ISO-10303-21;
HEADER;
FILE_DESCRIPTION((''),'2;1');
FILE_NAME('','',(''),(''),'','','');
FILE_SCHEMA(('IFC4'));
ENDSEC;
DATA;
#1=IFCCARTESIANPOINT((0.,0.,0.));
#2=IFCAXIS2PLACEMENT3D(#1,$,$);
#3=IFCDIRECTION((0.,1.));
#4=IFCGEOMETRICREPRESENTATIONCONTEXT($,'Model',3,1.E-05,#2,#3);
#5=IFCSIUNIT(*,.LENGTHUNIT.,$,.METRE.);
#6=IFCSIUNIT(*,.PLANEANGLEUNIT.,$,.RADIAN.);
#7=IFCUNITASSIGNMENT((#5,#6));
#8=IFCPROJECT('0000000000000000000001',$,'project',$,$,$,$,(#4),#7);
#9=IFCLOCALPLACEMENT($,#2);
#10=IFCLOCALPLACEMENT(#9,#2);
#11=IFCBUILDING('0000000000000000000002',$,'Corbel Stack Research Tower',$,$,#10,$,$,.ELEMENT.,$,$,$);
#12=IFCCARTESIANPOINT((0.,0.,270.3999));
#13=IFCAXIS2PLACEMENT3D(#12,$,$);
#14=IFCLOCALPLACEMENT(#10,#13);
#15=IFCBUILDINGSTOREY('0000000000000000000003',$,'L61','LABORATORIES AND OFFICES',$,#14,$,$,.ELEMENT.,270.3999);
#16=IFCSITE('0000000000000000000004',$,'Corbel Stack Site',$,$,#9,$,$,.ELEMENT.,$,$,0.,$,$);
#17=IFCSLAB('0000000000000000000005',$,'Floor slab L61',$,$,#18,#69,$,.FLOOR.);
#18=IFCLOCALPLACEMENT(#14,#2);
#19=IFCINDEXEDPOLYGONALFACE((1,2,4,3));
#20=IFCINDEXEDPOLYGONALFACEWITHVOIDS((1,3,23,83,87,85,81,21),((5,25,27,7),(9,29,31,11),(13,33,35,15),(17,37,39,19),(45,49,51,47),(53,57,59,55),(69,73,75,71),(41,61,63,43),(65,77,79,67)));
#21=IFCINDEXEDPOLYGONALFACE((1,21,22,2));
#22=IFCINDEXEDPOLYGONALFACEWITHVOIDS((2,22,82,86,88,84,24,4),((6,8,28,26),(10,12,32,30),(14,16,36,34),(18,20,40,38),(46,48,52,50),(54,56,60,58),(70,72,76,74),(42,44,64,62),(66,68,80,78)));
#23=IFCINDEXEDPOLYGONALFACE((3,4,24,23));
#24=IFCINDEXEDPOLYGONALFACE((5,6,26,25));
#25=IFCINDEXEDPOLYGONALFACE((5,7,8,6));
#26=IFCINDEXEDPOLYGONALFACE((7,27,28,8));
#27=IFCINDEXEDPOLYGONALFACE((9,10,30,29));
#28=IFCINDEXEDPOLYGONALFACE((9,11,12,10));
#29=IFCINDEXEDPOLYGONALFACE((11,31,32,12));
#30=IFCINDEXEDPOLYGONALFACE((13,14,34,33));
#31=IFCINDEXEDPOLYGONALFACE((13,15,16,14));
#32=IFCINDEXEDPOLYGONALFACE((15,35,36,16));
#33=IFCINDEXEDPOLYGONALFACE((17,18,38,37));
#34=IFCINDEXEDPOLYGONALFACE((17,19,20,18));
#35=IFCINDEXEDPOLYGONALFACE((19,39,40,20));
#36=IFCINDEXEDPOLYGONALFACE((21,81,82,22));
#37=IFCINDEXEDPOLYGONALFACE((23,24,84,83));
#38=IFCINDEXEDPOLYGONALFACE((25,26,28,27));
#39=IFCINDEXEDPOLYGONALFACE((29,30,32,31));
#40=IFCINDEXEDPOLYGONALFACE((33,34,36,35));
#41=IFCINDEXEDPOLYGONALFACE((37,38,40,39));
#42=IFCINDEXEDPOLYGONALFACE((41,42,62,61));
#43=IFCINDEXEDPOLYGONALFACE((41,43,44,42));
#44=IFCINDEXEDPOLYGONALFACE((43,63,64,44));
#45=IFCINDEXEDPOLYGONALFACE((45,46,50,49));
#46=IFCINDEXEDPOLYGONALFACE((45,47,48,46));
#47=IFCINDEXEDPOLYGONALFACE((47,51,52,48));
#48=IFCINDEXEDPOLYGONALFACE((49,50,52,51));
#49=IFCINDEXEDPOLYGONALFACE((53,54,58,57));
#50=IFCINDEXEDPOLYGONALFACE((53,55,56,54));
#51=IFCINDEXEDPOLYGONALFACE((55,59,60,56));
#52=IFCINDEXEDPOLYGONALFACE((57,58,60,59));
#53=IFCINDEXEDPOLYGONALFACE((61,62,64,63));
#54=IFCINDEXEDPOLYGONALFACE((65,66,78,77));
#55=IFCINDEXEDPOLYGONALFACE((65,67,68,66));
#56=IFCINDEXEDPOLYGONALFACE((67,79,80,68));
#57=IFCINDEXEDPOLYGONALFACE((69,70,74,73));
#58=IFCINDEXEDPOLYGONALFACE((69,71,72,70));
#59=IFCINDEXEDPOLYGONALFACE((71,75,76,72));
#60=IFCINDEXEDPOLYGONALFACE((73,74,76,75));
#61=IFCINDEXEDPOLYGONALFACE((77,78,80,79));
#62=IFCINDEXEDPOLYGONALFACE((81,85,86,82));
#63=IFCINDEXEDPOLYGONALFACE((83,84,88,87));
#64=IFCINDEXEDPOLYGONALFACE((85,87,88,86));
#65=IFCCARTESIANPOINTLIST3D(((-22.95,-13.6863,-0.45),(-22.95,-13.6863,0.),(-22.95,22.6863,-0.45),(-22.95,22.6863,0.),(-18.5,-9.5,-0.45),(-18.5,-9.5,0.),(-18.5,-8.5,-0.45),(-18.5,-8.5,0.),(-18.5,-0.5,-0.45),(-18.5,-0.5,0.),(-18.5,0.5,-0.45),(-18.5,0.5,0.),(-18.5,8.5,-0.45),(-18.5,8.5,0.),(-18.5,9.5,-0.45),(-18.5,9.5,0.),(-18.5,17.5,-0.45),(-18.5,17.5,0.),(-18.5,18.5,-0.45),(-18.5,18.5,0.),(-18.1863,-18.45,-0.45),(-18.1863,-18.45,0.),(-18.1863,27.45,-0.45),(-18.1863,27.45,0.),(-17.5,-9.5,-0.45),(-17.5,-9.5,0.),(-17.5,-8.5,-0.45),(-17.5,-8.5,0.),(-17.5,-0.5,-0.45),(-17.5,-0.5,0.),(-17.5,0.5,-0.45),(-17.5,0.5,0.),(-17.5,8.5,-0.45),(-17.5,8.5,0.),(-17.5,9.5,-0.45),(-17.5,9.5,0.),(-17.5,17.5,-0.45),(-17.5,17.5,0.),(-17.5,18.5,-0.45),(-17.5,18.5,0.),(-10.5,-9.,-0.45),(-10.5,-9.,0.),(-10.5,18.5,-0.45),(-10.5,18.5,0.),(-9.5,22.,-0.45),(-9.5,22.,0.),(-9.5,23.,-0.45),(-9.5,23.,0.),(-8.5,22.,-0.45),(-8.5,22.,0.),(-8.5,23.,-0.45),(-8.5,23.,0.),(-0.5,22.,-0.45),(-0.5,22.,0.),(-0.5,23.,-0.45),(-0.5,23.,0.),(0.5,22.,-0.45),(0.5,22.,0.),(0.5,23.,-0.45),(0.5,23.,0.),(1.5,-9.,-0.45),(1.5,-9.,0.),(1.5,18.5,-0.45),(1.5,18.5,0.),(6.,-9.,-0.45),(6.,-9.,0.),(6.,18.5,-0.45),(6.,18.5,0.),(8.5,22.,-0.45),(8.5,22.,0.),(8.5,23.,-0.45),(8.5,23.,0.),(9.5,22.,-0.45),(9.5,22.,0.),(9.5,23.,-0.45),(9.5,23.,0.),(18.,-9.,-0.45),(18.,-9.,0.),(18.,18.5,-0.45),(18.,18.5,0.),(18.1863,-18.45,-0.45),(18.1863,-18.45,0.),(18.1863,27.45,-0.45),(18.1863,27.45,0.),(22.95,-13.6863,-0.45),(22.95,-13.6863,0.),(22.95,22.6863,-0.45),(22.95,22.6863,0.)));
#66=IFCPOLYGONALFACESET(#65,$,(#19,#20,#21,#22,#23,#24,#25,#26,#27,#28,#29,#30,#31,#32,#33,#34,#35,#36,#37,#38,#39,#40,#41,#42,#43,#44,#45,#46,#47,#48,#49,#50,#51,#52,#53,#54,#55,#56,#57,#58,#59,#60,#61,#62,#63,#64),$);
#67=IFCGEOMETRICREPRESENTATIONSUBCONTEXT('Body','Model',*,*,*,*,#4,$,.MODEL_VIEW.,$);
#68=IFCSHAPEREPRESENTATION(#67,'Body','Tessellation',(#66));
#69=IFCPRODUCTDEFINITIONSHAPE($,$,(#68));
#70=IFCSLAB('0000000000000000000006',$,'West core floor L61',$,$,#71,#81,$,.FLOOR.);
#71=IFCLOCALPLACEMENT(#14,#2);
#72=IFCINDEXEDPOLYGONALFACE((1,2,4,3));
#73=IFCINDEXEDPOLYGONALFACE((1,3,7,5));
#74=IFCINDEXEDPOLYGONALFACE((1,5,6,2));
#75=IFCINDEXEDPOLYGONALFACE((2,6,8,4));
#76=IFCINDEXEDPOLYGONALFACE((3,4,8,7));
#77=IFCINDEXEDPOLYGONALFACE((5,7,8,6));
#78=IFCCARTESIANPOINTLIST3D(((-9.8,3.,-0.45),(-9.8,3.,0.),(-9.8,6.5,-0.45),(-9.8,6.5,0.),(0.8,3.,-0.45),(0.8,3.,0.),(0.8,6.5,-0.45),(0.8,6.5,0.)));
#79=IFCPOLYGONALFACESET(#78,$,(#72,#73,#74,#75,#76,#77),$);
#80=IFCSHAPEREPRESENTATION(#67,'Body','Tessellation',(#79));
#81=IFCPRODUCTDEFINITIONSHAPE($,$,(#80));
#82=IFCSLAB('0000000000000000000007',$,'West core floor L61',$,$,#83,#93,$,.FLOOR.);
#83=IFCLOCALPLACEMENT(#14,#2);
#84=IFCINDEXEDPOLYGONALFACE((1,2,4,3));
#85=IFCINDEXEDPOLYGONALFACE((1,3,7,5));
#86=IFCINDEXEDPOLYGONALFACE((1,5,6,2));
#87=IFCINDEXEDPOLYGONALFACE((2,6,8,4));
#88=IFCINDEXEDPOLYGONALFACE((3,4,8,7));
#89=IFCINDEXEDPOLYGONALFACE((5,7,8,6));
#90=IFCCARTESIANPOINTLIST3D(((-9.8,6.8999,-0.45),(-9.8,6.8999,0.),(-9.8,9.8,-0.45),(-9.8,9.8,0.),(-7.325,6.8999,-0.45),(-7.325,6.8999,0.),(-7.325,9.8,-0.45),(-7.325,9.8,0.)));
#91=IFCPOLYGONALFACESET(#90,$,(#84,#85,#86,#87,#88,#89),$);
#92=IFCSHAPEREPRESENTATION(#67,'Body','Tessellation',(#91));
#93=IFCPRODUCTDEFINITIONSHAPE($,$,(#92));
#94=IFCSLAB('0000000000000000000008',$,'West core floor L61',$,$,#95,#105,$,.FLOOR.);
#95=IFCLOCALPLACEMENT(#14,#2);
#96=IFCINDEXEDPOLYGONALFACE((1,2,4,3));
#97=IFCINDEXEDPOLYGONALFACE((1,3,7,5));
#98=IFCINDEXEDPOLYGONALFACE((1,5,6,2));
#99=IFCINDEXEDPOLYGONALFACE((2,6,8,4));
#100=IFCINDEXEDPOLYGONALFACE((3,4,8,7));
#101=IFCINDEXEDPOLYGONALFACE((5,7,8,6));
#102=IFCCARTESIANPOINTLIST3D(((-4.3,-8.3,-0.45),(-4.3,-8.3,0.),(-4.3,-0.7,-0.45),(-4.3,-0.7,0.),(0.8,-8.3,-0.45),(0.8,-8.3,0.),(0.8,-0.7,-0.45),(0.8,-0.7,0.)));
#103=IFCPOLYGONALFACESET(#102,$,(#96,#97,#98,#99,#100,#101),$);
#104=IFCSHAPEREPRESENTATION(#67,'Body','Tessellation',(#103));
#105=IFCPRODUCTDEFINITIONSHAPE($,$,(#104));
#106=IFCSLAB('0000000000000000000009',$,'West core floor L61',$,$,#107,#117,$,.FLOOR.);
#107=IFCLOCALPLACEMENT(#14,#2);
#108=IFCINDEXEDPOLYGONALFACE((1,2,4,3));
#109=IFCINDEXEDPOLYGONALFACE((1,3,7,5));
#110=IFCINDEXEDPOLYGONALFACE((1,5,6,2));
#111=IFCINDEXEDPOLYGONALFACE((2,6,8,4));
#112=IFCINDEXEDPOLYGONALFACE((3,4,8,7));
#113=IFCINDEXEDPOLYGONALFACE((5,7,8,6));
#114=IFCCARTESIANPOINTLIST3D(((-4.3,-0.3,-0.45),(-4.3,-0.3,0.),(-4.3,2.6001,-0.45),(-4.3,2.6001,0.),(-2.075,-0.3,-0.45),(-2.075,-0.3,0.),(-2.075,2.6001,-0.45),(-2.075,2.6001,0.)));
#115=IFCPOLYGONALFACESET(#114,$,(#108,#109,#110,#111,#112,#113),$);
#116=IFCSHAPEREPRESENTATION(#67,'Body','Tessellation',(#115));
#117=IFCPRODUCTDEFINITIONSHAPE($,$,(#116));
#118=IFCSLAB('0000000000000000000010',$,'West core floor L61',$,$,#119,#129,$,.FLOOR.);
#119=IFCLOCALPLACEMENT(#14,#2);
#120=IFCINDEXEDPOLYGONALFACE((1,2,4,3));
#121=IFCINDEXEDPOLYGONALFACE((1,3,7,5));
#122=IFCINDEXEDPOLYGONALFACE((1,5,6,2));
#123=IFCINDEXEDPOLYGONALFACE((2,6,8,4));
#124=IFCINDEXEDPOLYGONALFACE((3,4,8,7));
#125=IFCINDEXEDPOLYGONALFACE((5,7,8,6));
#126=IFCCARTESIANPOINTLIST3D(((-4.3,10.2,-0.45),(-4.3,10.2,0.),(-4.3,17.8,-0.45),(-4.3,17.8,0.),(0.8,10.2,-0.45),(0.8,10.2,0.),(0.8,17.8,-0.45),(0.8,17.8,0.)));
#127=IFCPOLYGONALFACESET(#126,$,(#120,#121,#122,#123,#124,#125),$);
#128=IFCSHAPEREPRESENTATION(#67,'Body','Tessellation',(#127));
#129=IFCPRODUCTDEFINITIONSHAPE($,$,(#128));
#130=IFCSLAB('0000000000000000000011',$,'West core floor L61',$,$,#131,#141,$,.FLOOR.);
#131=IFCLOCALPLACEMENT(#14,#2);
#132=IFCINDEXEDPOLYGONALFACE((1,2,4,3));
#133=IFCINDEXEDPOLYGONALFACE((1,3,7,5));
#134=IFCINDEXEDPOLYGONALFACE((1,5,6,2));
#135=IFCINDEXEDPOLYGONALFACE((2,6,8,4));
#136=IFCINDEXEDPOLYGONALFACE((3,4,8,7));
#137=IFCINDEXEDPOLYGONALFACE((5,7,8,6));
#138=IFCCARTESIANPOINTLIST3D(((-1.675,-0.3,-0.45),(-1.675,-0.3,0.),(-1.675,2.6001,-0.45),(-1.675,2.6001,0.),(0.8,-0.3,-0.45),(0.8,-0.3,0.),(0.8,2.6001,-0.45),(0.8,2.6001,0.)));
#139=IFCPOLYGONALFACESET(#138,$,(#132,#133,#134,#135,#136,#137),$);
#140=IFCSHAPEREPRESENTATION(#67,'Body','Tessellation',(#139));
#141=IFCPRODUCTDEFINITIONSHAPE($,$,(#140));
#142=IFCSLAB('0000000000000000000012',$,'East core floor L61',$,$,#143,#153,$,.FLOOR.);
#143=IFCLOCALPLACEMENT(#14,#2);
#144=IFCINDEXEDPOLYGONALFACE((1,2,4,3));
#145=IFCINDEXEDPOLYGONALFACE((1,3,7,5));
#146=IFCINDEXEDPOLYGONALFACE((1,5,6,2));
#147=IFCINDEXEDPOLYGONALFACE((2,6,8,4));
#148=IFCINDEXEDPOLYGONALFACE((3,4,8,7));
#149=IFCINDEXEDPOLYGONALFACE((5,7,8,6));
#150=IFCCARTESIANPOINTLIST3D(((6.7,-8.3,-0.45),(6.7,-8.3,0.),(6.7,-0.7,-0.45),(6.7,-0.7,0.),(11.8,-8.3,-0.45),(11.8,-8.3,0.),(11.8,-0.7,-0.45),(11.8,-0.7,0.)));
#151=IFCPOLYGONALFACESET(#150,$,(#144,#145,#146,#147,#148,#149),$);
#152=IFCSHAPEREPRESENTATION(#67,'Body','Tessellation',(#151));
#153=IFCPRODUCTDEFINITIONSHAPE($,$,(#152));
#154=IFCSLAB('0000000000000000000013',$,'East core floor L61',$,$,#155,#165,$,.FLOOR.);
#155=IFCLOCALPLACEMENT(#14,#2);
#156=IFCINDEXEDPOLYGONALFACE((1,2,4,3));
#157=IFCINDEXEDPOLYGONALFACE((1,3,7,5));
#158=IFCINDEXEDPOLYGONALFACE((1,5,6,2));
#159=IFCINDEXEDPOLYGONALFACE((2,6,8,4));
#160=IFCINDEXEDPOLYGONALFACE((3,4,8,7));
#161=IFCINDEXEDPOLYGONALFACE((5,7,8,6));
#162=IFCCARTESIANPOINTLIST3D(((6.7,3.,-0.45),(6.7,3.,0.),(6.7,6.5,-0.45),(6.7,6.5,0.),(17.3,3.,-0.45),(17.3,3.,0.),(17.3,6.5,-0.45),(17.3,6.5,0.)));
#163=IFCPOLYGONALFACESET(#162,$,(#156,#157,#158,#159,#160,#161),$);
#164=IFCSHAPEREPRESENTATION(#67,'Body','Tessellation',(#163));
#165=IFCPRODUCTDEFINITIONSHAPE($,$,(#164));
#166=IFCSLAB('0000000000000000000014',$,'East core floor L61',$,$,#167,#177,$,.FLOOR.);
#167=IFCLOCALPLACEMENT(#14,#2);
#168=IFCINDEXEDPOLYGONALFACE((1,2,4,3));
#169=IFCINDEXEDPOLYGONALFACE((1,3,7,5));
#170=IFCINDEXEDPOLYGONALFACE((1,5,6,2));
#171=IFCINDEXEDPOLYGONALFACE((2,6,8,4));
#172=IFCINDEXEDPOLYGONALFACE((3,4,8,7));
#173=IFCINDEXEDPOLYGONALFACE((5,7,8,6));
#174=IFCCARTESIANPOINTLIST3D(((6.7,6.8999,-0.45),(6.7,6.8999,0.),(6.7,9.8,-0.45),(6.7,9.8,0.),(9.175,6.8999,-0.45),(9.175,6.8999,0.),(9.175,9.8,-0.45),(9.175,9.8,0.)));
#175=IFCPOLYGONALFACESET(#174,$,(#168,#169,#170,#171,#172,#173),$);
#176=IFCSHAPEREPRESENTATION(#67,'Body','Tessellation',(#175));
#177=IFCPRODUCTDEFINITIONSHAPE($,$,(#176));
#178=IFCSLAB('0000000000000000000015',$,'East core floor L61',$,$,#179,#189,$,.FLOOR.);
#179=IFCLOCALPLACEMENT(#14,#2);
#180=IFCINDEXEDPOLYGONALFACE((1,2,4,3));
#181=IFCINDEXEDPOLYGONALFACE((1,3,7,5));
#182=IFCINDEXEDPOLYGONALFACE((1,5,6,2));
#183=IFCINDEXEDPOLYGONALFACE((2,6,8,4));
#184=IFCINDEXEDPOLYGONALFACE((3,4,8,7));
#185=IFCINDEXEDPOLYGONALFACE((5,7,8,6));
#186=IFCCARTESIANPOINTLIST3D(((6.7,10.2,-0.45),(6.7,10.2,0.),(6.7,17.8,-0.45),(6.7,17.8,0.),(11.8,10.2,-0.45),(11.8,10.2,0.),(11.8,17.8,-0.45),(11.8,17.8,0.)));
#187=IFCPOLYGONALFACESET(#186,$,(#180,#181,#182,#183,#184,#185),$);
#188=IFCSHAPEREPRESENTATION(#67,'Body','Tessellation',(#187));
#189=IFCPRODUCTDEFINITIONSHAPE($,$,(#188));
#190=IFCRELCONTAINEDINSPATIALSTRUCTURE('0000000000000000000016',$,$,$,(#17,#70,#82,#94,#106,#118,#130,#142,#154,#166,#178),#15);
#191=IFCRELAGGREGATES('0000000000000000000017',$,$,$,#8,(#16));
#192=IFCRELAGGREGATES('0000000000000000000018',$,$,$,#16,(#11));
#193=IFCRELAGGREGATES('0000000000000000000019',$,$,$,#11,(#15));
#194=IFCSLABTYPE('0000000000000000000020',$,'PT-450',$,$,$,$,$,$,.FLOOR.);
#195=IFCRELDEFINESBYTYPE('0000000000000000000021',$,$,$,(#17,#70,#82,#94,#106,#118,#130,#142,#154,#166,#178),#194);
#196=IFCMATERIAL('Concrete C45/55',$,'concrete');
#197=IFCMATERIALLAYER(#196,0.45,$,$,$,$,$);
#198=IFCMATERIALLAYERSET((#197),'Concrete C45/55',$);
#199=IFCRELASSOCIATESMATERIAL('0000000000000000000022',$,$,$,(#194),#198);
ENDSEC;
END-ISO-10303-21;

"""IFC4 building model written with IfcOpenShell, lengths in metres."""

from ifc_helpers import new_model, si_unit, direction, frame, origin, place, context, subcontext, project, spatial, polyline, outline, extrude, material, layer, layer_set, type_object, element, save


model = new_model("IFC4")

# Units and contexts
model_context = context("Model", 3, precision=1e-05, world=origin(), true_north=direction((0.0, 1.0)))
body_context = subcontext(model_context, "Body", "Model", "MODEL_VIEW")
ifc_project = project(units=[si_unit("LENGTHUNIT", "METRE"), si_unit("PLANEANGLEUNIT", "RADIAN")], contexts=[model_context])

# Site, building, storey
site_placement = place(None, origin())
site = spatial("IfcSite", under=ifc_project, at=site_placement, Name="Corbel Stack Site", CompositionType="ELEMENT", RefElevation=0.0)
building_placement = place(site_placement, origin())
building = spatial("IfcBuilding", under=site, at=building_placement, Name="Corbel Stack Research Tower", CompositionType="ELEMENT")
storey_placement = place(building_placement, frame((0.0, 0.0, 270.3999)))
storey = spatial("IfcBuildingStorey", under=building, at=storey_placement, Name="L61", Description="LABORATORIES AND OFFICES", CompositionType="ELEMENT", Elevation=270.3999)

# Slabs
ifc_material_1 = material(Name="Concrete C45/55", Category="concrete")
ifc_layer_1 = layer(ifc_material_1, 0.45)
ifc_layer_set_1 = layer_set([ifc_layer_1], Name="Concrete C45/55")
slab_type = type_object("IfcSlabType", Name="PT-450", PredefinedType="FLOOR", material=ifc_layer_set_1)
slab_1_placement = place(storey_placement, frame((0.0, 0.0, -0.45)))
element("IfcSlab", 1, at=slab_1_placement, inside=storey, type_object=slab_type, Name="Floor slab L61", PredefinedType="FLOOR", context=body_context, shape_type="SweptSolid", body=[
    extrude(outline(polyline([(-18.1863, -18.45), (18.1863, -18.45), (22.95, -13.6863), (22.95, 22.6863), (18.1863, 27.45), (-18.1863, 27.45), (-22.95, 22.6863), (-22.95, -13.6863), (-18.1863, -18.45)]), holes=[polyline([(18.0, 18.5), (18.0, -9.0), (6.0, -9.0), (6.0, 18.5), (18.0, 18.5)]), polyline([(9.5, 22.0), (8.5, 22.0), (8.5, 23.0), (9.5, 23.0), (9.5, 22.0)]), polyline([(1.5, 18.5), (1.5, -9.0), (-10.5, -9.0), (-10.5, 18.5), (1.5, 18.5)]), polyline([(0.5, 22.0), (-0.5, 22.0), (-0.5, 23.0), (0.5, 23.0), (0.5, 22.0)]), polyline([(-8.5, 23.0), (-8.5, 22.0), (-9.5, 22.0), (-9.5, 23.0), (-8.5, 23.0)]), polyline([(-17.5, -8.5), (-17.5, -9.5), (-18.5, -9.5), (-18.5, -8.5), (-17.5, -8.5)]), polyline([(-17.5, 0.5), (-17.5, -0.5), (-18.5, -0.5), (-18.5, 0.5), (-17.5, 0.5)]), polyline([(-17.5, 9.5), (-17.5, 8.5), (-18.5, 8.5), (-18.5, 9.5), (-17.5, 9.5)]), polyline([(-17.5, 18.5), (-17.5, 17.5), (-18.5, 17.5), (-18.5, 18.5), (-17.5, 18.5)])]), origin(), (0.0, 0.0, 1.0), 0.45),
])
slab_2_placement = place(storey_placement, frame((0.0, 0.0, -0.45)))
element("IfcSlab", 2, at=slab_2_placement, inside=storey, type_object=slab_type, Name="West core floor L61", PredefinedType="FLOOR", context=body_context, shape_type="SweptSolid", body=[
    extrude(outline(polyline([(-9.8, 6.5), (-9.8, 3.0), (0.8, 3.0), (0.8, 6.5), (-9.8, 6.5)])), origin(), (0.0, 0.0, 1.0), 0.45),
])
slab_3_placement = place(storey_placement, frame((0.0, 0.0, -0.45)))
element("IfcSlab", 3, at=slab_3_placement, inside=storey, type_object=slab_type, Name="West core floor L61", PredefinedType="FLOOR", context=body_context, shape_type="SweptSolid", body=[
    extrude(outline(polyline([(-9.8, 6.8999), (-7.325, 6.8999), (-7.325, 9.8), (-9.8, 9.8), (-9.8, 6.8999)])), origin(), (0.0, 0.0, 1.0), 0.45),
])
slab_4_placement = place(storey_placement, frame((0.0, 0.0, -0.45)))
element("IfcSlab", 4, at=slab_4_placement, inside=storey, type_object=slab_type, Name="West core floor L61", PredefinedType="FLOOR", context=body_context, shape_type="SweptSolid", body=[
    extrude(outline(polyline([(-4.3, -0.7), (-4.3, -8.3), (0.8, -8.3), (0.8, -0.7), (-4.3, -0.7)])), origin(), (0.0, 0.0, 1.0), 0.45),
])
slab_5_placement = place(storey_placement, frame((0.0, 0.0, -0.45)))
element("IfcSlab", 5, at=slab_5_placement, inside=storey, type_object=slab_type, Name="West core floor L61", PredefinedType="FLOOR", context=body_context, shape_type="SweptSolid", body=[
    extrude(outline(polyline([(-4.3, 2.6001), (-4.3, -0.3), (-2.075, -0.3), (-2.075, 2.6001), (-4.3, 2.6001)])), origin(), (0.0, 0.0, 1.0), 0.45),
])
slab_6_placement = place(storey_placement, frame((0.0, 0.0, -0.45)))
element("IfcSlab", 6, at=slab_6_placement, inside=storey, type_object=slab_type, Name="West core floor L61", PredefinedType="FLOOR", context=body_context, shape_type="SweptSolid", body=[
    extrude(outline(polyline([(-4.3, 17.8), (-4.3, 10.2), (0.8, 10.2), (0.8, 17.8), (-4.3, 17.8)])), origin(), (0.0, 0.0, 1.0), 0.45),
])
slab_7_placement = place(storey_placement, frame((0.0, 0.0, -0.45)))
element("IfcSlab", 7, at=slab_7_placement, inside=storey, type_object=slab_type, Name="West core floor L61", PredefinedType="FLOOR", context=body_context, shape_type="SweptSolid", body=[
    extrude(outline(polyline([(-1.675, 2.6001), (-1.675, -0.3), (0.8, -0.3), (0.8, 2.6001), (-1.675, 2.6001)])), origin(), (0.0, 0.0, 1.0), 0.45),
])
slab_8_placement = place(storey_placement, frame((0.0, 0.0, -0.45)))
element("IfcSlab", 8, at=slab_8_placement, inside=storey, type_object=slab_type, Name="East core floor L61", PredefinedType="FLOOR", context=body_context, shape_type="SweptSolid", body=[
    extrude(outline(polyline([(6.7, -8.3), (11.8, -8.3), (11.8, -0.7), (6.7, -0.7), (6.7, -8.3)])), origin(), (0.0, 0.0, 1.0), 0.45),
])
slab_9_placement = place(storey_placement, frame((0.0, 0.0, -0.45)))
element("IfcSlab", 9, at=slab_9_placement, inside=storey, type_object=slab_type, Name="East core floor L61", PredefinedType="FLOOR", context=body_context, shape_type="SweptSolid", body=[
    extrude(outline(polyline([(6.7, 3.0), (17.3, 3.0), (17.3, 6.5), (6.7, 6.5), (6.7, 3.0)])), origin(), (0.0, 0.0, 1.0), 0.45),
])
slab_10_placement = place(storey_placement, frame((0.0, 0.0, -0.45)))
element("IfcSlab", 10, at=slab_10_placement, inside=storey, type_object=slab_type, Name="East core floor L61", PredefinedType="FLOOR", context=body_context, shape_type="SweptSolid", body=[
    extrude(outline(polyline([(6.7, 6.8999), (9.175, 6.8999), (9.175, 9.8), (6.7, 9.8), (6.7, 6.8999)])), origin(), (0.0, 0.0, 1.0), 0.45),
])
slab_11_placement = place(storey_placement, frame((0.0, 0.0, -0.45)))
element("IfcSlab", 11, at=slab_11_placement, inside=storey, type_object=slab_type, Name="East core floor L61", PredefinedType="FLOOR", context=body_context, shape_type="SweptSolid", body=[
    extrude(outline(polyline([(6.7, 10.2), (11.8, 10.2), (11.8, 17.8), (6.7, 17.8), (6.7, 10.2)])), origin(), (0.0, 0.0, 1.0), 0.45),
])

save(model, "model.ifc")
